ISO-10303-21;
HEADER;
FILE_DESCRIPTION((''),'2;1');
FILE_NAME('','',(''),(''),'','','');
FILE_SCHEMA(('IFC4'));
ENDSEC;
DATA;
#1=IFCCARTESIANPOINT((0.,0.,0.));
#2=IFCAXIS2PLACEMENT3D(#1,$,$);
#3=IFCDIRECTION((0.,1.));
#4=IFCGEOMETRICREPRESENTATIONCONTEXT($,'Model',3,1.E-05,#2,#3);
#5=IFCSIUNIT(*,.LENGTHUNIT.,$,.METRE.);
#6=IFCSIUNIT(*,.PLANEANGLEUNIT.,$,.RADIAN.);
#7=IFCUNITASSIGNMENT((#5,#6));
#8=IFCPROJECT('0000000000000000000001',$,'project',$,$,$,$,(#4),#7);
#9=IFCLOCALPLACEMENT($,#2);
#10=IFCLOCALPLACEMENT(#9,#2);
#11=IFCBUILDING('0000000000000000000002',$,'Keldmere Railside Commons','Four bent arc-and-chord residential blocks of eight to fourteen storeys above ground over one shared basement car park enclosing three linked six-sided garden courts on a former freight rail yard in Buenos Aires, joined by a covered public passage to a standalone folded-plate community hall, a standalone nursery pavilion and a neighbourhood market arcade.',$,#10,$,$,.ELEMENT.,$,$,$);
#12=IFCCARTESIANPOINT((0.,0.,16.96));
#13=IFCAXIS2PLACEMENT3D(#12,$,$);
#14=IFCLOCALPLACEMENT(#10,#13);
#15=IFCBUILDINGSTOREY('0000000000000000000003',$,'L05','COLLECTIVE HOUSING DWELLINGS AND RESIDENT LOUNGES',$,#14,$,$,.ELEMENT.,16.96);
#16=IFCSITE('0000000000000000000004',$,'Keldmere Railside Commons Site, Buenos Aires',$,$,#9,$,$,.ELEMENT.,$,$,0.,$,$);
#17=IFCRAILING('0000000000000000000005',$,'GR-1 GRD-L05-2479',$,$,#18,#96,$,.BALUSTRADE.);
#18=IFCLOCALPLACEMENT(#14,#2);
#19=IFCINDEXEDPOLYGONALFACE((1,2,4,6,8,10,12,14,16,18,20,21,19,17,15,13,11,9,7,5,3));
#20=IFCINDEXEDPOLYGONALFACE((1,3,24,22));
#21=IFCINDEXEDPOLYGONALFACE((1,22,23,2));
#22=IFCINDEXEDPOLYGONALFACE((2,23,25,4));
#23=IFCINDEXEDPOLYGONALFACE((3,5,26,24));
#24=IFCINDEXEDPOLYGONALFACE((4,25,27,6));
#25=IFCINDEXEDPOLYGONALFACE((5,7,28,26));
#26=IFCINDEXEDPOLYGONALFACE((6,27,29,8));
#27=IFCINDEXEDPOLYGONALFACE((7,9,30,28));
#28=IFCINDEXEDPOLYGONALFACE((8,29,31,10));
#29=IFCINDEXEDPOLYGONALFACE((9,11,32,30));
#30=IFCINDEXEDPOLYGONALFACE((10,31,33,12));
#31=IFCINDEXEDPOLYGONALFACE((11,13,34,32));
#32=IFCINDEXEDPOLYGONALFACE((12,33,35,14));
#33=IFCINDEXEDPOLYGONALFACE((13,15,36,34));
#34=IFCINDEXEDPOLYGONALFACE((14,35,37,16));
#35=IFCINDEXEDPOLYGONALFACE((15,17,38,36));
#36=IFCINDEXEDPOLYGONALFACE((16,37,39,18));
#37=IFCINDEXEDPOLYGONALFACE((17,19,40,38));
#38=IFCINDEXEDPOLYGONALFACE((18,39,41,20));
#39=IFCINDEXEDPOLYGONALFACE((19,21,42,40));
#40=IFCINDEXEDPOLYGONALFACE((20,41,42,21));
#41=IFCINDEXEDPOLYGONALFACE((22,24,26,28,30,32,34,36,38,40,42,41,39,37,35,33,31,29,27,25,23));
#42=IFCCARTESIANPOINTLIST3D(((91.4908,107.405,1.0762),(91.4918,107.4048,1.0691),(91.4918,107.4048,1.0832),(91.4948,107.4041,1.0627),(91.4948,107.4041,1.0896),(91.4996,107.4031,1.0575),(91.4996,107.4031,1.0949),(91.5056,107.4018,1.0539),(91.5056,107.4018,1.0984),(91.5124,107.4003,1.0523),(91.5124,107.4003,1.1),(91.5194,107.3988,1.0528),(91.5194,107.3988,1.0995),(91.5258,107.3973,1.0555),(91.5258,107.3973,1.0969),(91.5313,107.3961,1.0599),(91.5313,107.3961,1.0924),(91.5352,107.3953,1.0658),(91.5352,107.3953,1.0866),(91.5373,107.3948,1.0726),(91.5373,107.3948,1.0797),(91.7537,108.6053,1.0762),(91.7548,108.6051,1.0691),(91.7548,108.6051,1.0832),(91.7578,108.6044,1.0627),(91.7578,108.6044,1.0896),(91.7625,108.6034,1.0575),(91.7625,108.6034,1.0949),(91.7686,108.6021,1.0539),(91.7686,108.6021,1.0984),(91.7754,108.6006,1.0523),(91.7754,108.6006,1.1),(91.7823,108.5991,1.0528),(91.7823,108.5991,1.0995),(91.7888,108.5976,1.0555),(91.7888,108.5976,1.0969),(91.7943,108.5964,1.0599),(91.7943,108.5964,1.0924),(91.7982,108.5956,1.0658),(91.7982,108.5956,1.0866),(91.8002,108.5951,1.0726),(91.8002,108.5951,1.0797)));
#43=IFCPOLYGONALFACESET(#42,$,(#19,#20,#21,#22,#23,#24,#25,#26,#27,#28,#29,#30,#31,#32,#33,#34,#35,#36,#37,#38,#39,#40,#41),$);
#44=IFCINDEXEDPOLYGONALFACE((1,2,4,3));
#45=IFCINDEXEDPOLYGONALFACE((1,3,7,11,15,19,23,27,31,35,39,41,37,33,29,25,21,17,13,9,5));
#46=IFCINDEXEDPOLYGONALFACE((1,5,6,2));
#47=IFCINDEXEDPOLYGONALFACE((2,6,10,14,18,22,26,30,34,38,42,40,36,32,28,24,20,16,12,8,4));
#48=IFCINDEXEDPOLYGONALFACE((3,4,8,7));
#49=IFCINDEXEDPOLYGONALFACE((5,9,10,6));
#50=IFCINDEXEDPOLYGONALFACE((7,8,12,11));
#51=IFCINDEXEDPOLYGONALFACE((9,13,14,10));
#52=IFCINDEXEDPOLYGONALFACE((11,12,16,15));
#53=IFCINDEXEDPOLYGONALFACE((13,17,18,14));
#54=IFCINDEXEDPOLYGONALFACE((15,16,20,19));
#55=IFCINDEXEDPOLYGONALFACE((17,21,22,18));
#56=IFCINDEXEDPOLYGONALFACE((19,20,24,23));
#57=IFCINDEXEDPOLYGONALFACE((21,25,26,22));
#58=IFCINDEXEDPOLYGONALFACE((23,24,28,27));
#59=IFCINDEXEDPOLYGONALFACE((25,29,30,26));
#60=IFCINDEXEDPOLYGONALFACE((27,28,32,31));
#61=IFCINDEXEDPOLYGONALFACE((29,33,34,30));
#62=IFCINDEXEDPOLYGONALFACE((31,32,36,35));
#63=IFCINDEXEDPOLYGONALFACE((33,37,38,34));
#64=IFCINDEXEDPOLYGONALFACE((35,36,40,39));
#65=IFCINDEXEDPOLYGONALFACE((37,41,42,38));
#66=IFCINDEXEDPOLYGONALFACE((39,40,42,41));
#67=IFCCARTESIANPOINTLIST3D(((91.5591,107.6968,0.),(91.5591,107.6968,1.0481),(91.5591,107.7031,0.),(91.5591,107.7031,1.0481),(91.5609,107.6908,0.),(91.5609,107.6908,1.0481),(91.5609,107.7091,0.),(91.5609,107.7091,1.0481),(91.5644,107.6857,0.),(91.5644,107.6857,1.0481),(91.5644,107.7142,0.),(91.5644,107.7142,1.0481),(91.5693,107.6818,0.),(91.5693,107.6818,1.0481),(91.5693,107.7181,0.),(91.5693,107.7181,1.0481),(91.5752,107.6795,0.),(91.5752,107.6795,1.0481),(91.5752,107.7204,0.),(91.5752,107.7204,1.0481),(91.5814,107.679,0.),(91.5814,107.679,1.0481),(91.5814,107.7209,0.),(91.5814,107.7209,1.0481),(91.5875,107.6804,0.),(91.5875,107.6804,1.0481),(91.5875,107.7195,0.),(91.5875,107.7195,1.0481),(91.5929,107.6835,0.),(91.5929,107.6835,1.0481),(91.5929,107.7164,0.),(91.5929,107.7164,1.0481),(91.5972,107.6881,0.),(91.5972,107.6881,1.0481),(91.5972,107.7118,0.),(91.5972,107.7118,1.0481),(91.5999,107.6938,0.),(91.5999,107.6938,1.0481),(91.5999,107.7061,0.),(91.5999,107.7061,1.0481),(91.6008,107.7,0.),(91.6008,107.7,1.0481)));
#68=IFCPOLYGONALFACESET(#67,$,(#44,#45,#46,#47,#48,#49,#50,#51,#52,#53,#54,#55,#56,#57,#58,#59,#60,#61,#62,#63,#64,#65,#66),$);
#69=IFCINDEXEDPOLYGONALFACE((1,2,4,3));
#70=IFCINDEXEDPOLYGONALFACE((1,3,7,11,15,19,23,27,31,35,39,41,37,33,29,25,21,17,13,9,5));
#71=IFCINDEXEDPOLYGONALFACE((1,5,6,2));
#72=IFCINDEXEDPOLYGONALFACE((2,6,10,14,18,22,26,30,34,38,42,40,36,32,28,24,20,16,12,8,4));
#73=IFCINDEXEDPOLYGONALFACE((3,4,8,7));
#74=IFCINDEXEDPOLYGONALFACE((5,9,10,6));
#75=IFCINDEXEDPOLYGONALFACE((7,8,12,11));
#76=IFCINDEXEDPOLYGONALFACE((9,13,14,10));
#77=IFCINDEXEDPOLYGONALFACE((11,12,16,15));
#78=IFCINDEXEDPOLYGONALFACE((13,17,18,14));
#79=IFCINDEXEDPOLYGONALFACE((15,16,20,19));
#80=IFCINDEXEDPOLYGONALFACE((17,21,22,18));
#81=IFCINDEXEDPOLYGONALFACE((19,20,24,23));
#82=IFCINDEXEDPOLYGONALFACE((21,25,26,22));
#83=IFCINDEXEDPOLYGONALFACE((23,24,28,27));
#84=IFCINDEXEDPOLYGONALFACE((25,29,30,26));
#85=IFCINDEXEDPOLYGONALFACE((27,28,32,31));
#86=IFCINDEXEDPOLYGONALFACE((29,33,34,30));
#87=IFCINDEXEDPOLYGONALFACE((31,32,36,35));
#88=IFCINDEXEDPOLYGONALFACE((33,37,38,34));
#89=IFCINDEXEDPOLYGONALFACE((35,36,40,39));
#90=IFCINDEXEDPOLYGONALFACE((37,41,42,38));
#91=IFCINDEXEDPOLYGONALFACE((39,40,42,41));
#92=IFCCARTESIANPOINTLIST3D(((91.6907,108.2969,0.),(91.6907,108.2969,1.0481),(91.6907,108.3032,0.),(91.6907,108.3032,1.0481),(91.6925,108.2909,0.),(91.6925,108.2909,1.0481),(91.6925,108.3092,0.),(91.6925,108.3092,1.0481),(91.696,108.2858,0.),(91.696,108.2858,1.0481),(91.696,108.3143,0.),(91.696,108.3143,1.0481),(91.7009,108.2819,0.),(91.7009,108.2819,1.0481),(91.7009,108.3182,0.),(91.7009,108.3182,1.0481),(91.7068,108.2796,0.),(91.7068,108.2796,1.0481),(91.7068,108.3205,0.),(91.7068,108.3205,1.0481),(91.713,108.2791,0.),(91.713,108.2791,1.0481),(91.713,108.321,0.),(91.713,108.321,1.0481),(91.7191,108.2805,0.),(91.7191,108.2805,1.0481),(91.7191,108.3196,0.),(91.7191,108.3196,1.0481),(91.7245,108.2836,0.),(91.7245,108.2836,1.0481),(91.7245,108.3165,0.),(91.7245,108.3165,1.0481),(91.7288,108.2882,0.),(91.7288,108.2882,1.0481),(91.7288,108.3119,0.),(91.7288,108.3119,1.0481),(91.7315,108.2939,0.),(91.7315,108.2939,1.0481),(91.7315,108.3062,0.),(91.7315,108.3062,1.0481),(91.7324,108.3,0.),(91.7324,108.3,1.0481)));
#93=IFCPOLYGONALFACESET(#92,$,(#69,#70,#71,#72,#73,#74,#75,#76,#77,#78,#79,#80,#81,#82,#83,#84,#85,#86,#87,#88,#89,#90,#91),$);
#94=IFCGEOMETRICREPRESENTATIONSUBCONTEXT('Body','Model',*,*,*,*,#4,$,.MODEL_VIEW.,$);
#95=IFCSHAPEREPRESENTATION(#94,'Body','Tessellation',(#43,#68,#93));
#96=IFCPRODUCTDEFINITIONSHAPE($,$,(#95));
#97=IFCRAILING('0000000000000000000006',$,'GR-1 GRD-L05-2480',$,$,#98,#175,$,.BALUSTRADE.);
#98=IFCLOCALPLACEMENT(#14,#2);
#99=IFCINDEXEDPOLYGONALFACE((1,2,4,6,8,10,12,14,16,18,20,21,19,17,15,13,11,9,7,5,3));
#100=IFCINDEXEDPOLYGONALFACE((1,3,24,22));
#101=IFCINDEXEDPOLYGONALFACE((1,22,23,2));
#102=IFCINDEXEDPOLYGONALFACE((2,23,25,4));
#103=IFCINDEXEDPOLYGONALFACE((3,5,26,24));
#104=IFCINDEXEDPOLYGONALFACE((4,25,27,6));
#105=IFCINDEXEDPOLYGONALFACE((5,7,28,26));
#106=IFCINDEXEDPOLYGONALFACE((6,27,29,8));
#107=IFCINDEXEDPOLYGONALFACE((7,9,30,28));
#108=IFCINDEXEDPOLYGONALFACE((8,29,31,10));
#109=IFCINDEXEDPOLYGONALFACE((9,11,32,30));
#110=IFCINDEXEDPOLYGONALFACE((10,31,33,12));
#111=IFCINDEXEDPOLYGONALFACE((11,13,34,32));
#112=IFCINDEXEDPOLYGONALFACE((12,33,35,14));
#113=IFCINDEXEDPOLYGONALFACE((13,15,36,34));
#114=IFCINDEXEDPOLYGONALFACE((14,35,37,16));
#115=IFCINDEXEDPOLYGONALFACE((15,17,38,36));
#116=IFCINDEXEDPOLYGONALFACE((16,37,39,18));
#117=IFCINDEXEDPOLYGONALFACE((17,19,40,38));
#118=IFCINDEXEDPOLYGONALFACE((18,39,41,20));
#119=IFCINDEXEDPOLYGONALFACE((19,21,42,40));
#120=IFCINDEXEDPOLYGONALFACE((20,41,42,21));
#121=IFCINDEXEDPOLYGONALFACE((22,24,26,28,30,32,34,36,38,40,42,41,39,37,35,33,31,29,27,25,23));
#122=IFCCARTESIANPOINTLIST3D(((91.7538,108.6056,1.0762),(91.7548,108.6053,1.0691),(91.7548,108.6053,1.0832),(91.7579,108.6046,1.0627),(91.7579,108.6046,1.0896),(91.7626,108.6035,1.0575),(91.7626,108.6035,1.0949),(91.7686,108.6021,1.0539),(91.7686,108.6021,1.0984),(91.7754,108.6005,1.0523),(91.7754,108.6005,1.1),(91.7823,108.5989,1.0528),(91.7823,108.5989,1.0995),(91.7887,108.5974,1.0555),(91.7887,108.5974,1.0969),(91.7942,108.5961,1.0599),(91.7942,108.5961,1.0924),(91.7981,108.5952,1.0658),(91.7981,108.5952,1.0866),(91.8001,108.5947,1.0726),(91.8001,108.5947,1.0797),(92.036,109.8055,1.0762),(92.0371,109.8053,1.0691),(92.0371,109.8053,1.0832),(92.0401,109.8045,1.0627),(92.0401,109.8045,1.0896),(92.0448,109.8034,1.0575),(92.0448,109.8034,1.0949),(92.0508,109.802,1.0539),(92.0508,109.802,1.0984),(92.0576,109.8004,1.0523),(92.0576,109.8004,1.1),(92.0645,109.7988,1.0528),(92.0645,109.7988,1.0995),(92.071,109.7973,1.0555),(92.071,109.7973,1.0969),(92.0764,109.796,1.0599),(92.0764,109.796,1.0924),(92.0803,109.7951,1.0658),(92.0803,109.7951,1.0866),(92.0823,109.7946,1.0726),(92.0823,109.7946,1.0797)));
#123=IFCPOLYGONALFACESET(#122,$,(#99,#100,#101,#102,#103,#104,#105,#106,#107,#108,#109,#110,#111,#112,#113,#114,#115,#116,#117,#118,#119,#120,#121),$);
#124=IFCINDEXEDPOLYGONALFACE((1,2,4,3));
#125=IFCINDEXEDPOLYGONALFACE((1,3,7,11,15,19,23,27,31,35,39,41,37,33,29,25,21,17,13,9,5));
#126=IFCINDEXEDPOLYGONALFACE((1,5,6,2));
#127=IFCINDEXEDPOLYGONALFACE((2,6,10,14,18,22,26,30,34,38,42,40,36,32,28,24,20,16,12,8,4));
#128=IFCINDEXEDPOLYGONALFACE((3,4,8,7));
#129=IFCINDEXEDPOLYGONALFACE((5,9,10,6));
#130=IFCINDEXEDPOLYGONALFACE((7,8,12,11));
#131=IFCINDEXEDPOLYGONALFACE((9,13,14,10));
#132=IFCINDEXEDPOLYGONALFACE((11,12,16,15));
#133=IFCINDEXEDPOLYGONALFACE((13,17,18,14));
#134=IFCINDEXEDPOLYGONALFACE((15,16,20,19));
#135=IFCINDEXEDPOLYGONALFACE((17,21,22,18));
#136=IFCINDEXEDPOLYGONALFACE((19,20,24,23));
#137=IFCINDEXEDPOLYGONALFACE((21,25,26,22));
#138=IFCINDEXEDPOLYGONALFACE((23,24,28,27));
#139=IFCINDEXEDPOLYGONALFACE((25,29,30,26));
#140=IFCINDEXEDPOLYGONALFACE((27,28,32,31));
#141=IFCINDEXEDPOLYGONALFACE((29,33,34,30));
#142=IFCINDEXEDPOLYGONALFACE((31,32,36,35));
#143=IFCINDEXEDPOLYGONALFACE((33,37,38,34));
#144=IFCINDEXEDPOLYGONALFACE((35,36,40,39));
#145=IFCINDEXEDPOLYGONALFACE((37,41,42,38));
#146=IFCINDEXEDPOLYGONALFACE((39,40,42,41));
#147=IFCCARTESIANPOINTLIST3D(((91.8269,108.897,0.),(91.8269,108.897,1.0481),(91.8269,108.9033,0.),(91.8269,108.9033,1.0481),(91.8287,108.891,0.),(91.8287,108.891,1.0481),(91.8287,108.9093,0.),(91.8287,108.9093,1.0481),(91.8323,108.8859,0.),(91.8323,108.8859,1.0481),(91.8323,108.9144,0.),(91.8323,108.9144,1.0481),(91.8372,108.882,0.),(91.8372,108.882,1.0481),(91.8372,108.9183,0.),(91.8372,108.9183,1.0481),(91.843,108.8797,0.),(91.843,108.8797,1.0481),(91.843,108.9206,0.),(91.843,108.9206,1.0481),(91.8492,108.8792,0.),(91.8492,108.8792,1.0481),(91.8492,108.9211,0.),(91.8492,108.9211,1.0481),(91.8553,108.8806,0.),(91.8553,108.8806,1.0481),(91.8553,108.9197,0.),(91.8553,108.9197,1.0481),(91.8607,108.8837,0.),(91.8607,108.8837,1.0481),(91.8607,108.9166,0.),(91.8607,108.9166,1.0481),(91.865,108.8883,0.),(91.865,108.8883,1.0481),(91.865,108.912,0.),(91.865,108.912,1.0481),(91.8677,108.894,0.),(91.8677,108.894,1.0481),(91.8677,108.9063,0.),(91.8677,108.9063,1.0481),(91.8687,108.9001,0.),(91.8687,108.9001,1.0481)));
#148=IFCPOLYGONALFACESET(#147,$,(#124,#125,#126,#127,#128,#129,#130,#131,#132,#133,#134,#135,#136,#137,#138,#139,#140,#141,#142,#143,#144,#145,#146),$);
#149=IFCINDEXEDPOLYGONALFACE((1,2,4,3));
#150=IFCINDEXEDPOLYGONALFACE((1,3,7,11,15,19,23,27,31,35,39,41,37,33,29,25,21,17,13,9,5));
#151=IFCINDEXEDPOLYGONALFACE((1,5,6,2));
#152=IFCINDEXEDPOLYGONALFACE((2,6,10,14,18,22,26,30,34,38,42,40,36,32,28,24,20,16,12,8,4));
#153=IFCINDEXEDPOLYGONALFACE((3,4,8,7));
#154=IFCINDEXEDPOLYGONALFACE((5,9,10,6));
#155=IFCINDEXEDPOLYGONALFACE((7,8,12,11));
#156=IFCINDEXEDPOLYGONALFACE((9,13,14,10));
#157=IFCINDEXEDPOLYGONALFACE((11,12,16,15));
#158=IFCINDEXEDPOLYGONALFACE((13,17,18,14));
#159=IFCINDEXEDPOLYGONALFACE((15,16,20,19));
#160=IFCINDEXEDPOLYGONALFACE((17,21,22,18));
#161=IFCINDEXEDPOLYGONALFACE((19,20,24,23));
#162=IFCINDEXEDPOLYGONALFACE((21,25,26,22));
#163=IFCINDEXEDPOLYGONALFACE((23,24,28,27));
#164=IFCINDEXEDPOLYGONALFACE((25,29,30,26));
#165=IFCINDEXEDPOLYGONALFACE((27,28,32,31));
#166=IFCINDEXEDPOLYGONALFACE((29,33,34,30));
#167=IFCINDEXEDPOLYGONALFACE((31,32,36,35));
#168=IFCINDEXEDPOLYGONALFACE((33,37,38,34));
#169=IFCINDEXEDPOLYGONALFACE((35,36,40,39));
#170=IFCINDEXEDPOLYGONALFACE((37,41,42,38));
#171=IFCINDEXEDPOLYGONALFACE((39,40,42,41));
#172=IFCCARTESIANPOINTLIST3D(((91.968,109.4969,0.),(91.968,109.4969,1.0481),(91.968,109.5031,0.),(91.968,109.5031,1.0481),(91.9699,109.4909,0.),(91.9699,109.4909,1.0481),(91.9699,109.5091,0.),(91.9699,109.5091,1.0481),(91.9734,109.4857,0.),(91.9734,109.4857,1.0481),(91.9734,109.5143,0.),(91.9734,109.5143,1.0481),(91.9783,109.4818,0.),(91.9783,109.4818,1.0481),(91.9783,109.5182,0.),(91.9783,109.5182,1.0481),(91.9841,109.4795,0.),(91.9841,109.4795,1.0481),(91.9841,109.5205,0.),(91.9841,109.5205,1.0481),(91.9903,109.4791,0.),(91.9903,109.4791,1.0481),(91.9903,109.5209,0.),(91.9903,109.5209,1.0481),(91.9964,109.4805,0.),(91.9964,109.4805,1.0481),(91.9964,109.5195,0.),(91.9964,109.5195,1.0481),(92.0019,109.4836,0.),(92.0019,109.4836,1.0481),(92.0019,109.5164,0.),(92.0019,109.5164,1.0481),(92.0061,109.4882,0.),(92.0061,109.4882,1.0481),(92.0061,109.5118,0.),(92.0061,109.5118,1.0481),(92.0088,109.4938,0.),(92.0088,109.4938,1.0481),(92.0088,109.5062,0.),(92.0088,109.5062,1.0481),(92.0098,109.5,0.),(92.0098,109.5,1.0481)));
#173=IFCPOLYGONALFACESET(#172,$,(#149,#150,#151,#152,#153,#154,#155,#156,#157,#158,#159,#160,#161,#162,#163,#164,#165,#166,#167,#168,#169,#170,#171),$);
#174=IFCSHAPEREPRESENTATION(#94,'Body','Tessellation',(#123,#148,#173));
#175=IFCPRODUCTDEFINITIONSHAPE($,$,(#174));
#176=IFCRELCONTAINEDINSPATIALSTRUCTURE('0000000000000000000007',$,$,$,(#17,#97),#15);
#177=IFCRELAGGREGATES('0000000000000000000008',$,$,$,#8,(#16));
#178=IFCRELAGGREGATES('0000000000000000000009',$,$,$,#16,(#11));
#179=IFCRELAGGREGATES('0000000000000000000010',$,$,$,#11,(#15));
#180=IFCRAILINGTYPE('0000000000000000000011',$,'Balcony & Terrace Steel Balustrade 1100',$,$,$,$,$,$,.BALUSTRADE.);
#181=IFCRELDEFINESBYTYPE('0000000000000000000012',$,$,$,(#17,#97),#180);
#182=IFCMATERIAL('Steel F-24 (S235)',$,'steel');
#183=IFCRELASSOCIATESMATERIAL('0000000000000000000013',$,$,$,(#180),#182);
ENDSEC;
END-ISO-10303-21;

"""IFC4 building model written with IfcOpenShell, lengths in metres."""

from ifc_helpers import new_model, si_unit, direction, frame, origin, origin_2d, place, context, subcontext, project, spatial, circle, extrude, material, type_object, element, save


model = new_model("IFC4")

# Units and contexts
model_context = context("Model", 3, precision=1e-05, world=origin(), true_north=direction((0.0, 1.0)))
body_context = subcontext(model_context, "Body", "Model", "MODEL_VIEW")
ifc_project = project(units=[si_unit("LENGTHUNIT", "METRE"), si_unit("PLANEANGLEUNIT", "RADIAN")], contexts=[model_context])

# Site, building, storey
site_placement = place(None, origin())
site = spatial("IfcSite", under=ifc_project, at=site_placement, Name="Keldmere Railside Commons Site, Buenos Aires", CompositionType="ELEMENT", RefElevation=0.0)
building_placement = place(site_placement, origin())
building = spatial("IfcBuilding", under=site, at=building_placement, Name="Keldmere Railside Commons", Description="Four bent arc-and-chord residential blocks of eight to fourteen storeys above ground over one shared basement car park enclosing three linked six-sided garden courts on a former freight rail yard in Buenos Aires, joined by a covered public passage to a standalone folded-plate community hall, a standalone nursery pavilion and a neighbourhood market arcade.", CompositionType="ELEMENT")
storey_placement = place(building_placement, frame((0.0, 0.0, 16.96)))
storey = spatial("IfcBuildingStorey", under=building, at=storey_placement, Name="L05", Description="COLLECTIVE HOUSING DWELLINGS AND RESIDENT LOUNGES", CompositionType="ELEMENT", Elevation=16.96)

# Railings
ifc_material_1 = material(Name="Steel F-24 (S235)", Category="steel")
railing_type = type_object("IfcRailingType", Name="Balcony & Terrace Steel Balustrade 1100", PredefinedType="BALUSTRADE", material=ifc_material_1)
railing_1_placement = place(storey_placement, frame((91.5142, 107.3999, 0.0)))
element("IfcRailing", 1, at=railing_1_placement, inside=storey, type_object=railing_type, Name="GR-1 GRD-L05-2479", PredefinedType="BALUSTRADE", context=body_context, shape_type="SweptSolid", body=[
    extrude(circle(Radius=0.0239, at=origin_2d()), frame((0.0, 0.0, 1.0762), z_axis=(0.214005, 0.976833, 0.0), x_axis=(-0.976833, 0.214005, 0.0)), (0.0, 0.0, 1.0), 1.2288),
    extrude(circle(Radius=0.021, at=origin_2d()), frame((0.0657, 0.3, 0.0)), (0.0, 0.0, 1.0), 1.0481),
    extrude(circle(Radius=0.021, at=origin_2d()), frame((0.1973, 0.9001, 0.0)), (0.0, 0.0, 1.0), 1.0481),
])
railing_2_placement = place(storey_placement, frame((91.7771, 108.6001, 0.0)))
element("IfcRailing", 2, at=railing_2_placement, inside=storey, type_object=railing_type, Name="GR-1 GRD-L05-2480", PredefinedType="BALUSTRADE", context=body_context, shape_type="SweptSolid", body=[
    extrude(circle(Radius=0.0239, at=origin_2d()), frame((0.0, 0.0, 1.0762), z_axis=(0.228951, 0.973438, 0.0), x_axis=(-0.973438, 0.228951, 0.0)), (0.0, 0.0, 1.0), 1.2327),
    extrude(circle(Radius=0.021, at=origin_2d()), frame((0.0706, 0.3, 0.0)), (0.0, 0.0, 1.0), 1.0481),
    extrude(circle(Radius=0.021, at=origin_2d()), frame((0.2117, 0.8999, 0.0)), (0.0, 0.0, 1.0), 1.0481),
])

save(model, "model.ifc")
